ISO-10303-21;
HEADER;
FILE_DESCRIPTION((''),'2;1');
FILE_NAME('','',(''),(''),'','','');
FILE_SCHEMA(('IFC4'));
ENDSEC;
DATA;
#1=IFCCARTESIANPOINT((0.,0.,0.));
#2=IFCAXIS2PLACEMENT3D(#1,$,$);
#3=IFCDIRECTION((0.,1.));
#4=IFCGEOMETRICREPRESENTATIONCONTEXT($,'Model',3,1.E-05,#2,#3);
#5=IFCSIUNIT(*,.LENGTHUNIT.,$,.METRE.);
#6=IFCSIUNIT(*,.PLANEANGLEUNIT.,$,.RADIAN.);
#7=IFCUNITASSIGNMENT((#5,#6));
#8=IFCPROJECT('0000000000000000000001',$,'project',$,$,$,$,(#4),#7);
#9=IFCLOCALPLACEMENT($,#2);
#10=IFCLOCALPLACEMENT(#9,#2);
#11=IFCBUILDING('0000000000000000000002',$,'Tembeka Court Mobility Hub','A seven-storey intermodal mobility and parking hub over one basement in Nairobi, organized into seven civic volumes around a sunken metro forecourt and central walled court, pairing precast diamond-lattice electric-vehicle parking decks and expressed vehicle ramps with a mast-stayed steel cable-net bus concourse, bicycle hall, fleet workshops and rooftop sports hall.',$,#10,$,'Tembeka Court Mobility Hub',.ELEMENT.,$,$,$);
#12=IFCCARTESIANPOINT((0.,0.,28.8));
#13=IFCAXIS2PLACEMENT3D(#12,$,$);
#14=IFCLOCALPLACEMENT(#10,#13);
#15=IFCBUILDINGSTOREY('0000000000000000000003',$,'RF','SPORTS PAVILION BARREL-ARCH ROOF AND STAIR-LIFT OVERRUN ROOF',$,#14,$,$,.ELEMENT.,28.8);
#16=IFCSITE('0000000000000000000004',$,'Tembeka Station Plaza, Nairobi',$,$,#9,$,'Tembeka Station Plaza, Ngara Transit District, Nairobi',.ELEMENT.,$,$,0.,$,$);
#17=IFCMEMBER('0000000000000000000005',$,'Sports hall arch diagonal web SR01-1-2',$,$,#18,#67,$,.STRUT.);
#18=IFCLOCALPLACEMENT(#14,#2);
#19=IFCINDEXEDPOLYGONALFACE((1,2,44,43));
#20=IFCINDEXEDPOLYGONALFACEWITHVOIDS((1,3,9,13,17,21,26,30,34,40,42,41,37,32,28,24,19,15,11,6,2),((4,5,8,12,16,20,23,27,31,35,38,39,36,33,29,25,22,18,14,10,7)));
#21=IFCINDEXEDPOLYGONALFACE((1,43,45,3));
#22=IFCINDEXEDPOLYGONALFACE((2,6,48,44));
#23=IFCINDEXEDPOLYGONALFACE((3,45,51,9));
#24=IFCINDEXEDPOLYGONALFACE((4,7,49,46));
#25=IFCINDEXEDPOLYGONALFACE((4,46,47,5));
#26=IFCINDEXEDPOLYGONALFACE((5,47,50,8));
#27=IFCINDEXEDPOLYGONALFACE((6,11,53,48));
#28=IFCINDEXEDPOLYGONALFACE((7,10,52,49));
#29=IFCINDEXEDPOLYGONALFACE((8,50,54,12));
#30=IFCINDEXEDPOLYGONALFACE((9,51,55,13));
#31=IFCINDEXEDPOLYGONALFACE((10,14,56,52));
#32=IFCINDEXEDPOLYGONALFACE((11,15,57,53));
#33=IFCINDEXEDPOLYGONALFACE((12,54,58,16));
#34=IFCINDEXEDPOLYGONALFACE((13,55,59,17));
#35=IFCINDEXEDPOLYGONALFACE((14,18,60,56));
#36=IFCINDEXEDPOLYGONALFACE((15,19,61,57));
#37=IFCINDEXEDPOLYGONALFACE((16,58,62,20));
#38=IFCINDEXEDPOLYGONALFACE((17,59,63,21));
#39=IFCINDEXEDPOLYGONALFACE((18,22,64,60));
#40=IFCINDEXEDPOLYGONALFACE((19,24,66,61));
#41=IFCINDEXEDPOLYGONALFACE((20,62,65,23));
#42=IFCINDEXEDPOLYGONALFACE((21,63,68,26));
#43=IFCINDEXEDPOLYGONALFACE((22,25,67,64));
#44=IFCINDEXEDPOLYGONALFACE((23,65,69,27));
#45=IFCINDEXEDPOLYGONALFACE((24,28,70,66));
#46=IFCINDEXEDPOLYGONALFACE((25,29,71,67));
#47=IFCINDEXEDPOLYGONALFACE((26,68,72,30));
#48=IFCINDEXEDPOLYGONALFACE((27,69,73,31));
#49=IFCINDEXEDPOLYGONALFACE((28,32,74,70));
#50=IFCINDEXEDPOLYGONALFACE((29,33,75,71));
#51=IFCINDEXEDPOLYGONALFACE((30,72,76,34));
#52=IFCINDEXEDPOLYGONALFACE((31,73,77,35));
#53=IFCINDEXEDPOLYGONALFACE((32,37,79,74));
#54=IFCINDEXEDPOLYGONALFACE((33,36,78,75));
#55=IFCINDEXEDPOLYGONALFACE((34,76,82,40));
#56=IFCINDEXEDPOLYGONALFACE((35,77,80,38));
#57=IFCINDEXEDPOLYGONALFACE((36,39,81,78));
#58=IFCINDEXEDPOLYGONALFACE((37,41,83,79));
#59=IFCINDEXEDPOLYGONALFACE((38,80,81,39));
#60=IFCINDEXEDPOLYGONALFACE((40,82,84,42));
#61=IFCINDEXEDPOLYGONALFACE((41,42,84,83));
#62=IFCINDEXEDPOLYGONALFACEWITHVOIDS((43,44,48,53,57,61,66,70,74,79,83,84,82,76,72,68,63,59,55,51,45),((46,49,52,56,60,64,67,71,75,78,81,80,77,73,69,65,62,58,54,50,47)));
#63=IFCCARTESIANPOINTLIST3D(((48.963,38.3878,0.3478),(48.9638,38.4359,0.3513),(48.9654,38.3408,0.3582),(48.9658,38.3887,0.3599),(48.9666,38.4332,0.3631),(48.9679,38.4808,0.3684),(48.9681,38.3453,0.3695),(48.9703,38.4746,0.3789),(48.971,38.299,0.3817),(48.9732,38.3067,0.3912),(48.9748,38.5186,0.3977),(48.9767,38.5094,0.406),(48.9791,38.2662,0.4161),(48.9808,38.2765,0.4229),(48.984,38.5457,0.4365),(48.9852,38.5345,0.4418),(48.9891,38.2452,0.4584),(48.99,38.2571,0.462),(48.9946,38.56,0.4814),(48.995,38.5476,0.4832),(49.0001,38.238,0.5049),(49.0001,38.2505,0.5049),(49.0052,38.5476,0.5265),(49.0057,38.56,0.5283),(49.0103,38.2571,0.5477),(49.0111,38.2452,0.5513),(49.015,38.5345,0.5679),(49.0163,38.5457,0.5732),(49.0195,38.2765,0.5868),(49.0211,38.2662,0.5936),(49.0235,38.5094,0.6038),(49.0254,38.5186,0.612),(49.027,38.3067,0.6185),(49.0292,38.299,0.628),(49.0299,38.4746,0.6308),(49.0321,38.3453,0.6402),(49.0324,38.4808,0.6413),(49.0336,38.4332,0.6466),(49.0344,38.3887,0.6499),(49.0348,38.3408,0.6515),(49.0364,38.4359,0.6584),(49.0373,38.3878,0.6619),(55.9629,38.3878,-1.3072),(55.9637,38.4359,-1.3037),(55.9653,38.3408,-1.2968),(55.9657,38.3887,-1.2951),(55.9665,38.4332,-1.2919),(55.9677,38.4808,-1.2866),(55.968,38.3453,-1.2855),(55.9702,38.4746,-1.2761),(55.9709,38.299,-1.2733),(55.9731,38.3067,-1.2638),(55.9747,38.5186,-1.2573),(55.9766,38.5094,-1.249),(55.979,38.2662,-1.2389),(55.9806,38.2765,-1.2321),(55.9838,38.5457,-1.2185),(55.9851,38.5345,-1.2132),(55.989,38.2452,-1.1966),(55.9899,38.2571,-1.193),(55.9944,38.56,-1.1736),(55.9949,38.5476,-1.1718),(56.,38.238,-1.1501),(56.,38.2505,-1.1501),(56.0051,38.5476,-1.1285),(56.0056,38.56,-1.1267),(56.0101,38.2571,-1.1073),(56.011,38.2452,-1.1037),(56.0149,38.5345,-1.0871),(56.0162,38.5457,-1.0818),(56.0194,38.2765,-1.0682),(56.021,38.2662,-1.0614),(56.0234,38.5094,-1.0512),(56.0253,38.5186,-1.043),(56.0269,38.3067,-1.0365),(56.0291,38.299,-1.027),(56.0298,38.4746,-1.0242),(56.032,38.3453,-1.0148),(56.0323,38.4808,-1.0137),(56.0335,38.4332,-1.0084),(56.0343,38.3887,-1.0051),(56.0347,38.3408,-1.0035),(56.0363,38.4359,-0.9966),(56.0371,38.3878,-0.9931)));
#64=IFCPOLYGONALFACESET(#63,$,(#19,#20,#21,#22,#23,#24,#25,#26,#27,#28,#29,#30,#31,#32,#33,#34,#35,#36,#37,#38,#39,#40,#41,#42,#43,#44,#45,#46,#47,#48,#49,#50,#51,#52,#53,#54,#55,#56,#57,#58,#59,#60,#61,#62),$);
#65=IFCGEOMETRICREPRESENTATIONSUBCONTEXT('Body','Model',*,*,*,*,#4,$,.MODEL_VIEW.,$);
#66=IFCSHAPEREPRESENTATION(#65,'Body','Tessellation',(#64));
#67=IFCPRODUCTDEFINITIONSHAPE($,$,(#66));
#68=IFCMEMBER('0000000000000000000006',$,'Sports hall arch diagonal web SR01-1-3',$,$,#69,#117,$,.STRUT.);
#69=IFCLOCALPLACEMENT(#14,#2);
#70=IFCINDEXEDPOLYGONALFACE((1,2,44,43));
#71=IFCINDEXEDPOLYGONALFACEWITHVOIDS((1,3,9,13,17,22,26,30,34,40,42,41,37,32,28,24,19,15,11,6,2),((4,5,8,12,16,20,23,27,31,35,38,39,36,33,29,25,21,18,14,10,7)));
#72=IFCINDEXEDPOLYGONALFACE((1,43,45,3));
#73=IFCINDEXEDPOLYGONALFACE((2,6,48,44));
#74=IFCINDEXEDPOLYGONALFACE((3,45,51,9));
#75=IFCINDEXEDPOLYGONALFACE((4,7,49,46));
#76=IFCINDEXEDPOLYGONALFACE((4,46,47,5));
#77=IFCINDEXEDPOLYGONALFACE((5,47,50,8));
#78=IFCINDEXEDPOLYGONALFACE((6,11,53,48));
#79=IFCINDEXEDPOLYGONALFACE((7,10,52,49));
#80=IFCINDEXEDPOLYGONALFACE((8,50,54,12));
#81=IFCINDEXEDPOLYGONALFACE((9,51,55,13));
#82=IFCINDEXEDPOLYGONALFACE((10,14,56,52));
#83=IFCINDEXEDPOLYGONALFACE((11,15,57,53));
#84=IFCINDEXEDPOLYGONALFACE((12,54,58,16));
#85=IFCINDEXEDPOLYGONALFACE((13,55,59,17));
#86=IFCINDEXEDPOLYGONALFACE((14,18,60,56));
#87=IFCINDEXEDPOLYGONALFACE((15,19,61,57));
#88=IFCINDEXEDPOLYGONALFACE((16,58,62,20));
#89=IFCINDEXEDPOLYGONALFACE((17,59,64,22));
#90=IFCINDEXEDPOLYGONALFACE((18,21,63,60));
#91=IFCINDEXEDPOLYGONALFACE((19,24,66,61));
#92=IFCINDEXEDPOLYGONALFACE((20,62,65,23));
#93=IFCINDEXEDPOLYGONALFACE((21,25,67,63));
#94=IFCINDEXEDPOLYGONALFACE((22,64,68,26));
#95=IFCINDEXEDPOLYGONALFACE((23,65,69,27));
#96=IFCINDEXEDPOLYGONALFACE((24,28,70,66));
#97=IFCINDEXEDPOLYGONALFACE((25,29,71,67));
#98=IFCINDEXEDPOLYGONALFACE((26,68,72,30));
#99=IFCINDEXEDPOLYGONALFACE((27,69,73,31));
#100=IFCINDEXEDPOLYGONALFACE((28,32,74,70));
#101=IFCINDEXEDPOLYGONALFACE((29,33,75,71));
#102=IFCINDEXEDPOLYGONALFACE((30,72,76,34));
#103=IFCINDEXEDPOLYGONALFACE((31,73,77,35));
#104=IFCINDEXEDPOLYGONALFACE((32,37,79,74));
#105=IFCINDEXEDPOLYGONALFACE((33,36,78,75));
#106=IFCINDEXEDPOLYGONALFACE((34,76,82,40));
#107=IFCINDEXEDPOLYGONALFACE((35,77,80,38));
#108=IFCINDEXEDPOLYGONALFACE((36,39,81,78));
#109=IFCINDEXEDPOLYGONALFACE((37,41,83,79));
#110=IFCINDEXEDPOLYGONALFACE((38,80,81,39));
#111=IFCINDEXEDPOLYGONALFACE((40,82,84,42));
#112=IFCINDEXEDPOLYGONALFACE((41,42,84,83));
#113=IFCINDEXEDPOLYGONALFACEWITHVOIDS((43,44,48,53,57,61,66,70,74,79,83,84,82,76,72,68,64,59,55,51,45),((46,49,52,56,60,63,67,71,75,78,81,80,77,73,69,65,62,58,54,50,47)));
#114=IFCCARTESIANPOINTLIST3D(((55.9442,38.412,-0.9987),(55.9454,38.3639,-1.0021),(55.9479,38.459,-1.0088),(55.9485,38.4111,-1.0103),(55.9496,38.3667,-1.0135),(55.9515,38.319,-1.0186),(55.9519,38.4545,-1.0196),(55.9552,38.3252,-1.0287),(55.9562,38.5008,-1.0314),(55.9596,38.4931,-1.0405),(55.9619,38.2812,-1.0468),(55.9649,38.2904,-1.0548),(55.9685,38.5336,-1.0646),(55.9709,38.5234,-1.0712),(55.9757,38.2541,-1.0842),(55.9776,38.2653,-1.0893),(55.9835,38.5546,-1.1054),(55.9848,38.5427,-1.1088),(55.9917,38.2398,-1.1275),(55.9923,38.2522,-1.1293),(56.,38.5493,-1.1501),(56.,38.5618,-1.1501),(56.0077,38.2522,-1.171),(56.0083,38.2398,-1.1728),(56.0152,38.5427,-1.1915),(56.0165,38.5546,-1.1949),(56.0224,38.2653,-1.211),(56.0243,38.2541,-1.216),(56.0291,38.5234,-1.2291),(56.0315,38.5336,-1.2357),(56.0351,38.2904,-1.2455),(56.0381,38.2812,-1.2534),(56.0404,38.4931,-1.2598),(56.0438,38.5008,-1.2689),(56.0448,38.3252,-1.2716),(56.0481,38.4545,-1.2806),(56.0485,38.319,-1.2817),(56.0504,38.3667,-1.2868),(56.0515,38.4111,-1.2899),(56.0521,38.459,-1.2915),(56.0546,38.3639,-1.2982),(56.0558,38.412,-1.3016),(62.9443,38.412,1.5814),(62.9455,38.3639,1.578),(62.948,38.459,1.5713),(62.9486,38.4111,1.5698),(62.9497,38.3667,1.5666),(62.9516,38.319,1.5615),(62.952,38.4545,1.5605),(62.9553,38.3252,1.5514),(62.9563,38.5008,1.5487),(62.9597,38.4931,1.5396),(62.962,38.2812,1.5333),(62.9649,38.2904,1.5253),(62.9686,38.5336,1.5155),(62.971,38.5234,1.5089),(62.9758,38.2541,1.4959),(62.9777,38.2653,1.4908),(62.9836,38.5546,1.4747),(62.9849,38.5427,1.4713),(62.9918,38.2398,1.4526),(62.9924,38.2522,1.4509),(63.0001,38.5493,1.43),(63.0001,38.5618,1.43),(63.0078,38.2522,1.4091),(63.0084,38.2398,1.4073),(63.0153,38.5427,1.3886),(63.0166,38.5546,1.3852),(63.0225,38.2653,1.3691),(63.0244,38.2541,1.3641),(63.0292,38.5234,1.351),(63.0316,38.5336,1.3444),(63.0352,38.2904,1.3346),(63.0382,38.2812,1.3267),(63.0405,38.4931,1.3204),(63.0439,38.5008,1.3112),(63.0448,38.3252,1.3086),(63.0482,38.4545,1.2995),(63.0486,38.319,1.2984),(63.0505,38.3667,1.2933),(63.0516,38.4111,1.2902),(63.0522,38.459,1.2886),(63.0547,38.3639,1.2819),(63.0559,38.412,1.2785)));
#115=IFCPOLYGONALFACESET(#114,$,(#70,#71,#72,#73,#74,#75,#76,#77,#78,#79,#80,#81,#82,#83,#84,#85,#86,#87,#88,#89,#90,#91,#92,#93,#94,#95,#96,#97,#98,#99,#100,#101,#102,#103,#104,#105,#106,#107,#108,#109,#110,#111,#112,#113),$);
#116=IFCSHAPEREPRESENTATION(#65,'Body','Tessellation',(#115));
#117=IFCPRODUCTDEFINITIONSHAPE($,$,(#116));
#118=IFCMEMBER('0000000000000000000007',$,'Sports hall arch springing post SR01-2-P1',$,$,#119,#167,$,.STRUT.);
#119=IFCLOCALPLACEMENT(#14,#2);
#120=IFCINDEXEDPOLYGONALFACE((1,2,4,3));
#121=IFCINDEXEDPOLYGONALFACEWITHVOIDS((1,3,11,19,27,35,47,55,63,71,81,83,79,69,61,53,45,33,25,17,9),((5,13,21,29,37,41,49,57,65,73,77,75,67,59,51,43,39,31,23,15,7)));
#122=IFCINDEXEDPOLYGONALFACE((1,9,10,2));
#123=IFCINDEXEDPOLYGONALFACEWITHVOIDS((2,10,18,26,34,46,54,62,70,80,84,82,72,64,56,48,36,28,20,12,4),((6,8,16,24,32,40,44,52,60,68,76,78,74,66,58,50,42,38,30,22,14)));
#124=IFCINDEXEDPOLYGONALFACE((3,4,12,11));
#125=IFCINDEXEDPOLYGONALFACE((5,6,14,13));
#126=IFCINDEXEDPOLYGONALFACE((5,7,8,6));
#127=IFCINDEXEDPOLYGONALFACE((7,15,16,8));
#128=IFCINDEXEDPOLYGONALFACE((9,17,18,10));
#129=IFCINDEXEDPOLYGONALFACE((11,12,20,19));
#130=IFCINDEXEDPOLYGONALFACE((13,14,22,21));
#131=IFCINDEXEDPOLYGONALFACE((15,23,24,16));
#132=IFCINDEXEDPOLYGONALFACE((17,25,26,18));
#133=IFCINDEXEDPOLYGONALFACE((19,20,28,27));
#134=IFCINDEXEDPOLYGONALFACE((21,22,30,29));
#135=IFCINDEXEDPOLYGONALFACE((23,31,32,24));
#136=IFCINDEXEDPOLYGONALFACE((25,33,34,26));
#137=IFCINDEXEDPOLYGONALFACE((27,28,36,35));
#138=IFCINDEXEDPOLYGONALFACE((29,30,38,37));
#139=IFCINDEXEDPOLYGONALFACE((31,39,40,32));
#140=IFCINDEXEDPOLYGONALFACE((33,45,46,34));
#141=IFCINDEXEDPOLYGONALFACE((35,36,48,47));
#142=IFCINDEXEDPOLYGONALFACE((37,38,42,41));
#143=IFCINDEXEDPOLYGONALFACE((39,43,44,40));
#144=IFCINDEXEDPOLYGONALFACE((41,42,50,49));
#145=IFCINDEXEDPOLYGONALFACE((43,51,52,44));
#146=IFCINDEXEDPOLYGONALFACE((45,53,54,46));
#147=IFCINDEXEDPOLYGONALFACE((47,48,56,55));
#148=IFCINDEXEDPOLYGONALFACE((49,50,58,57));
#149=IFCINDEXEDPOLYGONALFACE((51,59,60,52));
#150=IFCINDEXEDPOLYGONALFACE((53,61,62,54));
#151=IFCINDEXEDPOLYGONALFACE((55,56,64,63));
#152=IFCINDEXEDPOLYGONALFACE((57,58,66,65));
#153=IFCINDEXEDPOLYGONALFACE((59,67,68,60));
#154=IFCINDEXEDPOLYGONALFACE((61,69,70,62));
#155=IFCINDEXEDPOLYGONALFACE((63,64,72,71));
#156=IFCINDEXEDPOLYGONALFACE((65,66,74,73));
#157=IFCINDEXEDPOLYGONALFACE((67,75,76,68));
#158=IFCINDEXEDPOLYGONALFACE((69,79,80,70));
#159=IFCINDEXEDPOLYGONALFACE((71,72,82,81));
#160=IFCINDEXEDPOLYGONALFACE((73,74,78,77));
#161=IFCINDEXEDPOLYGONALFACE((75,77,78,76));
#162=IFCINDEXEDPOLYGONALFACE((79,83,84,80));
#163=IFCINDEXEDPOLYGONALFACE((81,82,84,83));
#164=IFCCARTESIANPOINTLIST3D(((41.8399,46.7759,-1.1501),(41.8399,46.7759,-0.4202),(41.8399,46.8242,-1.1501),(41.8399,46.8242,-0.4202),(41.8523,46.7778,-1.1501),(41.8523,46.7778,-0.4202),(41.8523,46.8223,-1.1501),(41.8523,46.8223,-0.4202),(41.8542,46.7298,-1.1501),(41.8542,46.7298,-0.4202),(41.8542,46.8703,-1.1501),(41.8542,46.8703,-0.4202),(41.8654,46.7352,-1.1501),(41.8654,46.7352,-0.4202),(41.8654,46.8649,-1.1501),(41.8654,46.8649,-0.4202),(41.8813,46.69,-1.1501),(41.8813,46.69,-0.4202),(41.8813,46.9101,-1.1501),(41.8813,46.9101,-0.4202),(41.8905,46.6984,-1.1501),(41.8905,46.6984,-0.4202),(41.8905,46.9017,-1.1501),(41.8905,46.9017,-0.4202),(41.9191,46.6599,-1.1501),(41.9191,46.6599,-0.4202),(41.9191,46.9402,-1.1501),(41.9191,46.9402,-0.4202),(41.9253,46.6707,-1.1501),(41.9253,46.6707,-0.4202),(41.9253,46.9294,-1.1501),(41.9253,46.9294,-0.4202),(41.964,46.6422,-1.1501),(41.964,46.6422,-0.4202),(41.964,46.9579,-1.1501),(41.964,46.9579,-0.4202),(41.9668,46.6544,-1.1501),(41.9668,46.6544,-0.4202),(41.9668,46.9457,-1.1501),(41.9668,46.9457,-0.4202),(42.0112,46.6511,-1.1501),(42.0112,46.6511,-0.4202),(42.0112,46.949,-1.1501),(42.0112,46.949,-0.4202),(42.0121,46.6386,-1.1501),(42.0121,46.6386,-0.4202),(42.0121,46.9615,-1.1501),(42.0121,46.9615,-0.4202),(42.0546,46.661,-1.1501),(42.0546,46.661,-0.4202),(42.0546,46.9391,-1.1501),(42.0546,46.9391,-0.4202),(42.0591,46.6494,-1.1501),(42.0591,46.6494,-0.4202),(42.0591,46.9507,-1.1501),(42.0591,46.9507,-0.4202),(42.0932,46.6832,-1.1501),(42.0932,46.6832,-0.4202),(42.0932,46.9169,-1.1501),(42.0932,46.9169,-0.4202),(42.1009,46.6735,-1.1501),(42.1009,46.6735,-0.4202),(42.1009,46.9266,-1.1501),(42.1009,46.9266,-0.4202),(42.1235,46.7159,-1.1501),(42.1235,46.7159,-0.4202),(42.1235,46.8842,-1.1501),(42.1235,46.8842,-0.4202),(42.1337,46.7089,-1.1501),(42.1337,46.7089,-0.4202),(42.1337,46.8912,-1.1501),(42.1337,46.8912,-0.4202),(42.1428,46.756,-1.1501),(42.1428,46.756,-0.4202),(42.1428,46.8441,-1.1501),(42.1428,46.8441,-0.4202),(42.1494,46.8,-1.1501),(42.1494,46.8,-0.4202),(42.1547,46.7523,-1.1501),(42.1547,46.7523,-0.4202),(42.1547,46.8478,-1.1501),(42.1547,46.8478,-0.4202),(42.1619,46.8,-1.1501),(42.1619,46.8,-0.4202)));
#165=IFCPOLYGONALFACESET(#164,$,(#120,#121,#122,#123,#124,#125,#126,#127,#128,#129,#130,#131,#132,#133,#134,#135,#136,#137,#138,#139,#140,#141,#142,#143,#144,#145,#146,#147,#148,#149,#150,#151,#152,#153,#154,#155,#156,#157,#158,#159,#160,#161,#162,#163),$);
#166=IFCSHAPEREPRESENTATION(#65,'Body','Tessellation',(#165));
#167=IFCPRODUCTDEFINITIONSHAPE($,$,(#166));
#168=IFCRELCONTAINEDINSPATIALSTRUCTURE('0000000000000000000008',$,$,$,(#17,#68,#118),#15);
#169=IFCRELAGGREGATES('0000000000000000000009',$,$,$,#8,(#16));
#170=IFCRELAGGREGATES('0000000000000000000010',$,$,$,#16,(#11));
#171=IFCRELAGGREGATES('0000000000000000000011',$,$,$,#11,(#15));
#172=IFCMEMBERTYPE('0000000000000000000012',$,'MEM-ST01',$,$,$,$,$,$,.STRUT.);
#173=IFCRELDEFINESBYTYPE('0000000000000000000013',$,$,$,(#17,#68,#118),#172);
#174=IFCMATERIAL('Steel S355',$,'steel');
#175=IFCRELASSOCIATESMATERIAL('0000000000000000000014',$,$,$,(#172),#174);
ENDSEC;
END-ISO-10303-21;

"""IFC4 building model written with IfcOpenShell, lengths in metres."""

from ifc_helpers import new_model, si_unit, direction, frame, origin, origin_2d, place, context, subcontext, project, spatial, hollow_circle, extrude, material, material_profile, profile_set, type_object, element, save


model = new_model("IFC4")

# Units and contexts
model_context = context("Model", 3, precision=1e-05, world=origin(), true_north=direction((0.0, 1.0)))
body_context = subcontext(model_context, "Body", "Model", "MODEL_VIEW")
ifc_project = project(units=[si_unit("LENGTHUNIT", "METRE"), si_unit("PLANEANGLEUNIT", "RADIAN")], contexts=[model_context])

# Site, building, storey
site_placement = place(None, origin())
site = spatial("IfcSite", under=ifc_project, at=site_placement, Name="Tembeka Station Plaza, Nairobi", LongName="Tembeka Station Plaza, Ngara Transit District, Nairobi", CompositionType="ELEMENT", RefElevation=0.0)
building_placement = place(site_placement, origin())
building = spatial("IfcBuilding", under=site, at=building_placement, Name="Tembeka Court Mobility Hub", Description="A seven-storey intermodal mobility and parking hub over one basement in Nairobi, organized into seven civic volumes around a sunken metro forecourt and central walled court, pairing precast diamond-lattice electric-vehicle parking decks and expressed vehicle ramps with a mast-stayed steel cable-net bus concourse, bicycle hall, fleet workshops and rooftop sports hall.", LongName="Tembeka Court Mobility Hub", CompositionType="ELEMENT")
storey_placement = place(building_placement, frame((0.0, 0.0, 28.8)))
storey = spatial("IfcBuildingStorey", under=building, at=storey_placement, Name="RF", Description="SPORTS PAVILION BARREL-ARCH ROOF AND STAIR-LIFT OVERRUN ROOF", CompositionType="ELEMENT", Elevation=28.8)

# Shared definitions
ifc_material_1 = material(Name="Steel S355", Category="steel")

# Members
ifc_material_profile_1 = material_profile(ifc_material_1, hollow_circle(Radius=0.1619, WallThickness=0.0125, at=origin_2d()), Name="CHS 323.9x12.5")
ifc_profile_set_1 = profile_set([ifc_material_profile_1], Name="Steel S355")
member_type = type_object("IfcMemberType", Name="MEM-ST01", PredefinedType="STRUT", material=ifc_profile_set_1)
member_1_placement = place(storey_placement, frame((56.0, 38.3999, -1.1501), z_axis=(-0.97317, 0.0, 0.230089), x_axis=(0.0, -1.0, 0.0)))
element("IfcMember", 1, at=member_1_placement, inside=storey, type_object=member_type, Name="Sports hall arch diagonal web SR01-1-2", PredefinedType="STRUT", context=body_context, shape_type="SweptSolid", body=[
    extrude(hollow_circle(Radius=0.1619, WallThickness=0.0125, at=origin_2d()), origin(), (0.0, 0.0, 1.0), 7.1929),
])
member_2_placement = place(storey_placement, frame((56.0, 38.3999, -1.1501), z_axis=(0.938294, 0.0, 0.345839), x_axis=(0.0, 1.0, 0.0)))
element("IfcMember", 2, at=member_2_placement, inside=storey, type_object=member_type, Name="Sports hall arch diagonal web SR01-1-3", PredefinedType="STRUT", context=body_context, shape_type="SweptSolid", body=[
    extrude(hollow_circle(Radius=0.1619, WallThickness=0.0125, at=origin_2d()), origin(), (0.0, 0.0, 1.0), 7.4604),
])
member_3_placement = place(storey_placement, frame((42.0, 46.8, -1.1501), z_axis=(0.0, 0.0, 1.0), x_axis=(1.0, 0.0, 0.0)))
element("IfcMember", 3, at=member_3_placement, inside=storey, type_object=member_type, Name="Sports hall arch springing post SR01-2-P1", PredefinedType="STRUT", context=body_context, shape_type="SweptSolid", body=[
    extrude(hollow_circle(Radius=0.1619, WallThickness=0.0125, at=origin_2d()), origin(), (0.0, 0.0, 1.0), 0.73),
])

save(model, "model.ifc")
